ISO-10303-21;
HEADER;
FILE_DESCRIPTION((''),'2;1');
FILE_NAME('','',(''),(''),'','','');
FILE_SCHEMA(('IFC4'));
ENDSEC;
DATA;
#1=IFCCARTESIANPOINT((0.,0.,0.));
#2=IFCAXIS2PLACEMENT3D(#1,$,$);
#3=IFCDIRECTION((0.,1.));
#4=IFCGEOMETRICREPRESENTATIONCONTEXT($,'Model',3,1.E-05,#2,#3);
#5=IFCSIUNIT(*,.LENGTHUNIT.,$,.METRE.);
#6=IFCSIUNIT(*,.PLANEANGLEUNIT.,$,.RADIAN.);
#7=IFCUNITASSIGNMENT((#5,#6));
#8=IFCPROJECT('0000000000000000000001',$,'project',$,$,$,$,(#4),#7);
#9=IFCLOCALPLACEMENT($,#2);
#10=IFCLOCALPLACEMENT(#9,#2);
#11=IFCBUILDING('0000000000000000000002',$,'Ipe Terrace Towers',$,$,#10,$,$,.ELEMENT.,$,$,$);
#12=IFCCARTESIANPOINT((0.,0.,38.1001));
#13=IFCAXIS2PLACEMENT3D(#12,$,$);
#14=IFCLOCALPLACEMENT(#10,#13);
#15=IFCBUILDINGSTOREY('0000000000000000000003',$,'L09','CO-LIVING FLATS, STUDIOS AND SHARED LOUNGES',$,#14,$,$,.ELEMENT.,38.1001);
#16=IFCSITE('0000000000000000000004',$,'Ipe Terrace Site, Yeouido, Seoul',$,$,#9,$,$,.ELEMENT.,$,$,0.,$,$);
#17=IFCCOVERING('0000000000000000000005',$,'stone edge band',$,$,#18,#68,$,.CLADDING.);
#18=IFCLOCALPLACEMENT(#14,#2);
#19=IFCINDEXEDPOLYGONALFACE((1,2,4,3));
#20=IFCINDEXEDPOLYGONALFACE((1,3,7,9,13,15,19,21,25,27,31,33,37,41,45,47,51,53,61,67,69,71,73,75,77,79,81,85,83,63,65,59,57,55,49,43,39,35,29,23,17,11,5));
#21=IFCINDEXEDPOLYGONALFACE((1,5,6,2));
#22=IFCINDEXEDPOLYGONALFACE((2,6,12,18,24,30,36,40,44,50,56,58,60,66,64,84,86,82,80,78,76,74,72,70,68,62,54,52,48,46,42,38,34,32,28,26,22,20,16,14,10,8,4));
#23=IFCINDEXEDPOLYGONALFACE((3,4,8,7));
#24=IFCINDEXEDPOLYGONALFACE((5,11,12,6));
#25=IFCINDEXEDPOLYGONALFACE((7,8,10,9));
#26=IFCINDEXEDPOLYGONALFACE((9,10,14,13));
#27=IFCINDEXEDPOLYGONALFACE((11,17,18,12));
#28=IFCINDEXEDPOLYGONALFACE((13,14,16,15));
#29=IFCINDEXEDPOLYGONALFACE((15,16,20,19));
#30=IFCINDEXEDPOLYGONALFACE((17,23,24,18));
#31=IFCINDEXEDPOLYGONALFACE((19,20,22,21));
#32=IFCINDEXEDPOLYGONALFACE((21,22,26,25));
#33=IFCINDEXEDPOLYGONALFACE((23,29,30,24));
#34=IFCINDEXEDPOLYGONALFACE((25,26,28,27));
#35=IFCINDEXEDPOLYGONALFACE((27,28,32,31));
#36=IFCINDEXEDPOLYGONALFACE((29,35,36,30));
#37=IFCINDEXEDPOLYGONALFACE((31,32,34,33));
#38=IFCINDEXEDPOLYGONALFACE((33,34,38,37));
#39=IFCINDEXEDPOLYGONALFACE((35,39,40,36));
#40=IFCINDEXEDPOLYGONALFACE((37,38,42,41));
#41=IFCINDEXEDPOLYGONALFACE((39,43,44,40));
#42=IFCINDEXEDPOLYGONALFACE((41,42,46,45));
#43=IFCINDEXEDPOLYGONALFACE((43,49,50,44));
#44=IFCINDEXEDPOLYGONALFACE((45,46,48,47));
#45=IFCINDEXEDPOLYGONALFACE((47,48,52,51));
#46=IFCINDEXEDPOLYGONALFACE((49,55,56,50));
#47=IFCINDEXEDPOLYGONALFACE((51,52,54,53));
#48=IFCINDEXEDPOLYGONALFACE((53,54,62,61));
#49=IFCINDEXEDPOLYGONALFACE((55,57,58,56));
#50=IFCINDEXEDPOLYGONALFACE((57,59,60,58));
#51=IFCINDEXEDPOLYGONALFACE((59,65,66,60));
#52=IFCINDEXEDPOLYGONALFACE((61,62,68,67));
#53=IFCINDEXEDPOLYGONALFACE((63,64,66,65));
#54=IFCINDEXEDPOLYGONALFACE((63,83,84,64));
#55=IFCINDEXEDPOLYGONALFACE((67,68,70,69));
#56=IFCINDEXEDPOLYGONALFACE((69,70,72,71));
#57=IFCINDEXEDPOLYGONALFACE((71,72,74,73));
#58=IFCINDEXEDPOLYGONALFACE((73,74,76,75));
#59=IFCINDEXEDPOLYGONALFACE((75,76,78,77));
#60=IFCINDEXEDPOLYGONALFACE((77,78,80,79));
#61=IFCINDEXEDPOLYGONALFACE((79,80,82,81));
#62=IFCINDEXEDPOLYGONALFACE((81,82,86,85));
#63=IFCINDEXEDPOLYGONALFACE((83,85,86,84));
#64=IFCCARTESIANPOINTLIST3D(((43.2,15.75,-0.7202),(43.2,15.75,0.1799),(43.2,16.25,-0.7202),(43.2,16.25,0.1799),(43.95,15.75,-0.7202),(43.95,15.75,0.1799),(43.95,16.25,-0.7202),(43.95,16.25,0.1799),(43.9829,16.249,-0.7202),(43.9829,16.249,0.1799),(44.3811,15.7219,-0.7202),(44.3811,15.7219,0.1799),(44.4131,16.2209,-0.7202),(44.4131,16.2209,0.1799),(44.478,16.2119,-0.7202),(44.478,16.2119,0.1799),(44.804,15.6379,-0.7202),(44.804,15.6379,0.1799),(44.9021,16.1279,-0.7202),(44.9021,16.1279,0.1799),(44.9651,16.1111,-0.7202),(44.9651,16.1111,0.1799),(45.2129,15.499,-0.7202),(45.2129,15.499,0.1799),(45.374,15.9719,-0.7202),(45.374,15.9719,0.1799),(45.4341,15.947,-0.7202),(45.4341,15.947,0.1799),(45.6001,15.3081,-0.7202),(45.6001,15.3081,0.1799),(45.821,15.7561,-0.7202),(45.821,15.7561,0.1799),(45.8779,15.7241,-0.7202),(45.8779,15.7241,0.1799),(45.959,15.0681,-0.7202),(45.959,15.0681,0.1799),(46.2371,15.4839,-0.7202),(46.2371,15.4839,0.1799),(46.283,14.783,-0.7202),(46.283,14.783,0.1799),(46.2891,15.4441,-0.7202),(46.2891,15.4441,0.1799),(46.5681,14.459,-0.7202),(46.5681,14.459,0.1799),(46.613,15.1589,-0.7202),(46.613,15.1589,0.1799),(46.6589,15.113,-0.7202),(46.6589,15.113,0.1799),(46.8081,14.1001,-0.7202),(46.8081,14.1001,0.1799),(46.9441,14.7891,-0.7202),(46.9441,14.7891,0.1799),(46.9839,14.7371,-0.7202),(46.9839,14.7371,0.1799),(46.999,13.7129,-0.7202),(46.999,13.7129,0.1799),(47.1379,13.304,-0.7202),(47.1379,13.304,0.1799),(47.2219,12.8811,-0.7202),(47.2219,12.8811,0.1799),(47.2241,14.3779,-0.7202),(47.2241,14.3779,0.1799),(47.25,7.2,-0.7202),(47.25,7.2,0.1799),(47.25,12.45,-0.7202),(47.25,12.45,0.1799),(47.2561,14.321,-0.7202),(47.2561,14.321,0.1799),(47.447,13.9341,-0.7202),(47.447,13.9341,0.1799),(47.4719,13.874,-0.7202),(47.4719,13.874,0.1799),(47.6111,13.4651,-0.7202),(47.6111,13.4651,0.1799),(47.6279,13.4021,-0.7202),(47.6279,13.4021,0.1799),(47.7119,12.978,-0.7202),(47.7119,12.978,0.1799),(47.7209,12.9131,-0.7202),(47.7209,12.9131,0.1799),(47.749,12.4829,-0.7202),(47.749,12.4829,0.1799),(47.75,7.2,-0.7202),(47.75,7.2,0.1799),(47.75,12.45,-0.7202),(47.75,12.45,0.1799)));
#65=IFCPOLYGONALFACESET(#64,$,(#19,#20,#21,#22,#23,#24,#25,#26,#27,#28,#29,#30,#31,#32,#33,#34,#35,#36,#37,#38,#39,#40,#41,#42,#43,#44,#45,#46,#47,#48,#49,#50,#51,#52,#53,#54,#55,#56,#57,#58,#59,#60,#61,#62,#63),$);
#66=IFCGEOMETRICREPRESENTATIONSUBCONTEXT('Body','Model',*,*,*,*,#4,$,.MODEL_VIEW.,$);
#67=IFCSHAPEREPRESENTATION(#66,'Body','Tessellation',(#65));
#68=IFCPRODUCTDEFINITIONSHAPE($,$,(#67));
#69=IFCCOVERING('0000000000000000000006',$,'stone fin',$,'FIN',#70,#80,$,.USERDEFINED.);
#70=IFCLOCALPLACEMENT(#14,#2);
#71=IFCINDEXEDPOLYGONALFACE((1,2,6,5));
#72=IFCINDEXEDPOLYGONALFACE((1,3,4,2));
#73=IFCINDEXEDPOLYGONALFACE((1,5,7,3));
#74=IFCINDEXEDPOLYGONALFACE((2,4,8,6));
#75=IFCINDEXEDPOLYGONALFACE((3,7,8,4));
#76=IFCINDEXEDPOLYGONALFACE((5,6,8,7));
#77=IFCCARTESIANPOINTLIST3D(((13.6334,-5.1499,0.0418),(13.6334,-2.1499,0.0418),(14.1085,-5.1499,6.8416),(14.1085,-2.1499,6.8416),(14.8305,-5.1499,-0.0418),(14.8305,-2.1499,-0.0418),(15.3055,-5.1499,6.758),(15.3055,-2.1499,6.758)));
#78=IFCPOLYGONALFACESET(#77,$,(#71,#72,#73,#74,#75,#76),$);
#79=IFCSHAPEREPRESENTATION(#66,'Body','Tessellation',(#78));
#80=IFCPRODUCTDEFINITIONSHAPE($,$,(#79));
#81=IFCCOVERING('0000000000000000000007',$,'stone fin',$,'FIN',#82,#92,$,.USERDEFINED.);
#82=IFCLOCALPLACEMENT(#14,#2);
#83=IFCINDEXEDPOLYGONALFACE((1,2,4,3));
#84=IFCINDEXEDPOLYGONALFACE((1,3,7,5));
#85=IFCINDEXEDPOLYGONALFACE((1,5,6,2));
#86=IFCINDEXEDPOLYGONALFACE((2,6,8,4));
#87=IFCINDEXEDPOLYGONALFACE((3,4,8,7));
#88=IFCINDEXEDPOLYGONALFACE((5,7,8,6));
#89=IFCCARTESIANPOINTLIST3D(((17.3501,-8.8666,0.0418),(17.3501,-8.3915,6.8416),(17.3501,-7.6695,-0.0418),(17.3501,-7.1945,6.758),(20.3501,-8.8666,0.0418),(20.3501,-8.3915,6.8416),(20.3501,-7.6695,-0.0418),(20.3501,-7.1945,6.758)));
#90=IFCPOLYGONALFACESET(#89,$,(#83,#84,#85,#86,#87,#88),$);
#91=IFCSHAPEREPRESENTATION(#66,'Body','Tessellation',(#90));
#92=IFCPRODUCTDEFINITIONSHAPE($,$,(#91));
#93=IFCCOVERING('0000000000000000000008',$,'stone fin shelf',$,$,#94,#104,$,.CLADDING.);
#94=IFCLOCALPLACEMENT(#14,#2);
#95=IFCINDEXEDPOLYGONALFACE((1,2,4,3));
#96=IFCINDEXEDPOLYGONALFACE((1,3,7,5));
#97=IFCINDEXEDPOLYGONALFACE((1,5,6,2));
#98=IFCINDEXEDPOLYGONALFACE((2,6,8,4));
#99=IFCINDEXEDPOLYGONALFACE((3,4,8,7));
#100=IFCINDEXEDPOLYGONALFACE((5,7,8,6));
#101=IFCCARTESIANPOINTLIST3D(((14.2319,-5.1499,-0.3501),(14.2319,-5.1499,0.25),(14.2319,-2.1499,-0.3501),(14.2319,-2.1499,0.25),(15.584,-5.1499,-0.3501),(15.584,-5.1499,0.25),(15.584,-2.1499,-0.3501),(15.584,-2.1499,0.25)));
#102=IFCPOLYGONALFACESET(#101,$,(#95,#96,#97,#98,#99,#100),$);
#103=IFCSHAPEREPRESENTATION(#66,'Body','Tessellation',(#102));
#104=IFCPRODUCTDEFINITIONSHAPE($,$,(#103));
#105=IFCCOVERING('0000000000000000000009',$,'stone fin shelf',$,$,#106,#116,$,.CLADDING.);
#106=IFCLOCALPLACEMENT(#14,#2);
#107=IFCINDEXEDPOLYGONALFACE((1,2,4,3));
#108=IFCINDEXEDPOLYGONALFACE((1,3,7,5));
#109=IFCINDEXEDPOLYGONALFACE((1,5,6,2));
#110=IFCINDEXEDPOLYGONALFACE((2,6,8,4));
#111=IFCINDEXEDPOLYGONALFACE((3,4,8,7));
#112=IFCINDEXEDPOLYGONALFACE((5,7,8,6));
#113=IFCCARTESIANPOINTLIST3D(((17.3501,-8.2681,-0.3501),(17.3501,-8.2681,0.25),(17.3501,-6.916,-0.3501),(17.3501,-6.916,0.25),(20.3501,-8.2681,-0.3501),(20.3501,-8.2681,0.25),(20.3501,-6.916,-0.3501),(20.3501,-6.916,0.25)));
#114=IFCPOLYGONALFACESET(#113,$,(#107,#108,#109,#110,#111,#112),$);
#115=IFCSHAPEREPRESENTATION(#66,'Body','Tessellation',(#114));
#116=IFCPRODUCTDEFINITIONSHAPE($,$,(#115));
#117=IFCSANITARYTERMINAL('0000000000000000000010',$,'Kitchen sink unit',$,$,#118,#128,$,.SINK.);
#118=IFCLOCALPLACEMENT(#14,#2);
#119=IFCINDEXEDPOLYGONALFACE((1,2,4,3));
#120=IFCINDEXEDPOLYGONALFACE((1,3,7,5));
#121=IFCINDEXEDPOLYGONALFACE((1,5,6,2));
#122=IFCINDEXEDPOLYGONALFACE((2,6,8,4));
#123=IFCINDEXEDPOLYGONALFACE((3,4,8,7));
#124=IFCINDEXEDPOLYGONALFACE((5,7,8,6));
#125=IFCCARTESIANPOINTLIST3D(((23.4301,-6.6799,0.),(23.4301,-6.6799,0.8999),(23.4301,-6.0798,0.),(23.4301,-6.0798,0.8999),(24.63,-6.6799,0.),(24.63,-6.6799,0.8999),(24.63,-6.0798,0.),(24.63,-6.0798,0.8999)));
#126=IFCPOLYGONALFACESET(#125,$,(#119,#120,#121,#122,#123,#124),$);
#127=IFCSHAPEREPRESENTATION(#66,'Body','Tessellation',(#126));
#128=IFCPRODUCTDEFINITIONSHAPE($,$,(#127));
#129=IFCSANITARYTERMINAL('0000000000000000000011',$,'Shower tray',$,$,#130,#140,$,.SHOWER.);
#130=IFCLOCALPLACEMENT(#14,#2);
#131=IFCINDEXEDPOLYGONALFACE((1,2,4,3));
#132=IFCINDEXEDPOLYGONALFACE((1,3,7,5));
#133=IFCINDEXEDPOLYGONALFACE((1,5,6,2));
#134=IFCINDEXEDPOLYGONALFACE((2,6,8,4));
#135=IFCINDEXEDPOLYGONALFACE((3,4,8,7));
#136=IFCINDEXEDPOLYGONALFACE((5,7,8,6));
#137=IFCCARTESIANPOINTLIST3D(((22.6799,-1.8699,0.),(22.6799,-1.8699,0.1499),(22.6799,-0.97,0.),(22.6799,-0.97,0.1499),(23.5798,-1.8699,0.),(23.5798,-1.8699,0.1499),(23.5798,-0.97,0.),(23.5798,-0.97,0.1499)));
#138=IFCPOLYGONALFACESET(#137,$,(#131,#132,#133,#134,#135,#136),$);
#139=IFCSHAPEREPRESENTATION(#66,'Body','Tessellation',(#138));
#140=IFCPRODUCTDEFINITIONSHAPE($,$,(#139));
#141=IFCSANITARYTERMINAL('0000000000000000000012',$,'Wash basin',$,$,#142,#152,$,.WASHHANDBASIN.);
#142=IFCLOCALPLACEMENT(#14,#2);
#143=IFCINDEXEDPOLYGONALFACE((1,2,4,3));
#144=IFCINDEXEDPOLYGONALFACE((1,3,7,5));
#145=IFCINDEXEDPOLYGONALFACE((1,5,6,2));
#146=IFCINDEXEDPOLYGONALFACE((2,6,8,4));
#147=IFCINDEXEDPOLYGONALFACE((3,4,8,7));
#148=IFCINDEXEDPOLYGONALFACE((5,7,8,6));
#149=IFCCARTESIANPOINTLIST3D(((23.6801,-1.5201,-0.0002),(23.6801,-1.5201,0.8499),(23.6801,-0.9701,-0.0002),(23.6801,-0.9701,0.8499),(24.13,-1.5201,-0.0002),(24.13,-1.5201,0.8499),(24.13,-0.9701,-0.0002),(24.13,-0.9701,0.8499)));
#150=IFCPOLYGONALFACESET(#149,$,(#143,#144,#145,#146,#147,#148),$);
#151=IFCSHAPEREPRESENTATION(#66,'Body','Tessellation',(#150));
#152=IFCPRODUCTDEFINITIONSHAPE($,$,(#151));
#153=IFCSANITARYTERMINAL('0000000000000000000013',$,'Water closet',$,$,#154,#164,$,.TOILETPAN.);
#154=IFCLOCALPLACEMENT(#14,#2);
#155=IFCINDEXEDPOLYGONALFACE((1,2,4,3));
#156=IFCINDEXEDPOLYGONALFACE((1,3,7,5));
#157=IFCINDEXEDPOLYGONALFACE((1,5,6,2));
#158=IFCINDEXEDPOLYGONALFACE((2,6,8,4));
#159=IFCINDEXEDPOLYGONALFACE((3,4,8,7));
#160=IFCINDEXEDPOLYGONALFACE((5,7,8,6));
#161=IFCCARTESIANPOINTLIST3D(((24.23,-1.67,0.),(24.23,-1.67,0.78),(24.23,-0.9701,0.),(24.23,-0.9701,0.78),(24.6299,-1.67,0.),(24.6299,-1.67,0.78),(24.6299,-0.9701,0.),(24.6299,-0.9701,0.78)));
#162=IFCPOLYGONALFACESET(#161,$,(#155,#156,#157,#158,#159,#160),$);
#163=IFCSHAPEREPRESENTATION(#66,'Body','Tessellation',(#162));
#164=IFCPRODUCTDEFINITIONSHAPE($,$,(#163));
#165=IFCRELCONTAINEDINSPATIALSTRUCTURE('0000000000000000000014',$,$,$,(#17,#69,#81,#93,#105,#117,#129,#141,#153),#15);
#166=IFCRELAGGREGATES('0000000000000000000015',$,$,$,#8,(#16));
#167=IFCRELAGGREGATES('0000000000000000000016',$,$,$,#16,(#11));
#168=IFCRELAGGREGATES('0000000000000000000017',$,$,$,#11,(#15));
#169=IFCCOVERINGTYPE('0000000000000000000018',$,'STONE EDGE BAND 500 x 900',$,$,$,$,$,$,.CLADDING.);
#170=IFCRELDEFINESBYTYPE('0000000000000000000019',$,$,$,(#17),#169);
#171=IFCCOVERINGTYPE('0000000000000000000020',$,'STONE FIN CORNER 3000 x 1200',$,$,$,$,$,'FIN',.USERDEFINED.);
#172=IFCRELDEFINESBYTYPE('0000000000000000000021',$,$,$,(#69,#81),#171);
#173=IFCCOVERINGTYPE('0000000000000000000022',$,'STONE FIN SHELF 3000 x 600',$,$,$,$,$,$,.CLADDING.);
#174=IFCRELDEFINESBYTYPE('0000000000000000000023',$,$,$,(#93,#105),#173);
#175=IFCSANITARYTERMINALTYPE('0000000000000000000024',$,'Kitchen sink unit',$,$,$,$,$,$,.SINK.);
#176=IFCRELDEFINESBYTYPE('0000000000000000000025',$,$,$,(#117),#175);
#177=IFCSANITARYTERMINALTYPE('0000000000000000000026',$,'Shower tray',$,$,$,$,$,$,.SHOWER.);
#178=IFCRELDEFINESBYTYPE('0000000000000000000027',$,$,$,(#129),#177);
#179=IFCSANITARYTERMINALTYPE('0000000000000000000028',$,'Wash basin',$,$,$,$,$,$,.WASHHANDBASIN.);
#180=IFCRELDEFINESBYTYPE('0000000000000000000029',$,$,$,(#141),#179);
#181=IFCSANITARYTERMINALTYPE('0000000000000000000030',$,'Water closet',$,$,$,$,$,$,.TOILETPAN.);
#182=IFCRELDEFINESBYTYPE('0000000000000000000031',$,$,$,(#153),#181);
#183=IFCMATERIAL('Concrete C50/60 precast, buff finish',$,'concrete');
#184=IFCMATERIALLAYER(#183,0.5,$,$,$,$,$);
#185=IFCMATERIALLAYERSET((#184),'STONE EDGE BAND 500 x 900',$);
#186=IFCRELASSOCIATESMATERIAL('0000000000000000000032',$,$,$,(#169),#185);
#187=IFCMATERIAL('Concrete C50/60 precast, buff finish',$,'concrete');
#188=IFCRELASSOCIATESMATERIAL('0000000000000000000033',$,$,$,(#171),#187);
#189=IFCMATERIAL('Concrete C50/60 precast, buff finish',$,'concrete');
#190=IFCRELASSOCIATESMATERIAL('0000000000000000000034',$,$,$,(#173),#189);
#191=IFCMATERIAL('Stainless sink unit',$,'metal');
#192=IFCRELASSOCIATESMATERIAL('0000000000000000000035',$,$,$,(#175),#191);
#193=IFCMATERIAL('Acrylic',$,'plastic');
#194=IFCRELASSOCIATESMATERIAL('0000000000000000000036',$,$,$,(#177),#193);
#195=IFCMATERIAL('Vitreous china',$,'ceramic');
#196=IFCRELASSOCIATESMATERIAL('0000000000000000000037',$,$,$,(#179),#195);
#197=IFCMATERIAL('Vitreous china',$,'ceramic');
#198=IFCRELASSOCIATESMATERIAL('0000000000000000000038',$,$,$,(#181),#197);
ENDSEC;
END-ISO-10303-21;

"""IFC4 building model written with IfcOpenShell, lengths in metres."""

from ifc_helpers import new_model, si_unit, direction, frame, origin, origin_2d, place, context, subcontext, project, spatial, polyline, rectangle, outline, extrude, material, layer, layer_set, material_profile, profile_set, type_object, element, save


model = new_model("IFC4")

# Units and contexts
model_context = context("Model", 3, precision=1e-05, world=origin(), true_north=direction((0.0, 1.0)))
body_context = subcontext(model_context, "Body", "Model", "MODEL_VIEW")
ifc_project = project(units=[si_unit("LENGTHUNIT", "METRE"), si_unit("PLANEANGLEUNIT", "RADIAN")], contexts=[model_context])

# Site, building, storey
site_placement = place(None, origin())
site = spatial("IfcSite", under=ifc_project, at=site_placement, Name="Ipe Terrace Site, Yeouido, Seoul", CompositionType="ELEMENT", RefElevation=0.0)
building_placement = place(site_placement, origin())
building = spatial("IfcBuilding", under=site, at=building_placement, Name="Ipe Terrace Towers", CompositionType="ELEMENT")
storey_placement = place(building_placement, frame((0.0, 0.0, 38.1001)))
storey = spatial("IfcBuildingStorey", under=building, at=storey_placement, Name="L09", Description="CO-LIVING FLATS, STUDIOS AND SHARED LOUNGES", CompositionType="ELEMENT", Elevation=38.1001)

# Coverings
ifc_material_1 = material(Name="Concrete C50/60 precast, buff finish", Category="concrete")
ifc_layer_1 = layer(ifc_material_1, 0.5)
ifc_layer_set_1 = layer_set([ifc_layer_1], Name="STONE EDGE BAND 500 x 900")
covering_type_1 = type_object("IfcCoveringType", Name="STONE EDGE BAND 500 x 900", PredefinedType="CLADDING", material=ifc_layer_set_1)
covering_placement = place(storey_placement, frame((0.0, 0.0, -0.7202)))
element("IfcCovering", 1, at=covering_placement, inside=storey, type_object=covering_type_1, Name="stone edge band", PredefinedType="CLADDING", context=body_context, shape_type="SweptSolid", body=[
    extrude(outline(polyline([(47.75, 12.45), (47.749, 12.4829), (47.7209, 12.9131), (47.7119, 12.978), (47.6279, 13.4021), (47.6111, 13.4651), (47.4719, 13.874), (47.447, 13.9341), (47.2561, 14.321), (47.2241, 14.3779), (46.9839, 14.7371), (46.9441, 14.7891), (46.6589, 15.113), (46.613, 15.1589), (46.2891, 15.4441), (46.2371, 15.4839), (45.8779, 15.7241), (45.821, 15.7561), (45.4341, 15.947), (45.374, 15.9719), (44.9651, 16.1111), (44.9021, 16.1279), (44.478, 16.2119), (44.4131, 16.2209), (43.9829, 16.249), (43.95, 16.25), (43.2, 16.25), (43.2, 15.75), (43.95, 15.75), (44.3811, 15.7219), (44.804, 15.6379), (45.2129, 15.499), (45.6001, 15.3081), (45.959, 15.0681), (46.283, 14.783), (46.5681, 14.459), (46.8081, 14.1001), (46.999, 13.7129), (47.1379, 13.304), (47.2219, 12.8811), (47.25, 12.45), (47.25, 7.2), (47.75, 7.2), (47.75, 12.45)])), origin(), (0.0, 0.0, 1.0), 0.9001),
])
ifc_material_2 = material(Name="Concrete C50/60 precast, buff finish", Category="concrete")
ifc_material_profile_1 = material_profile(ifc_material_2, rectangle(XDim=3.0, YDim=1.2, at=origin_2d()), Name="STONE FIN CORNER 3000 x 1200")
ifc_profile_set_1 = profile_set([ifc_material_profile_1], Name="Concrete C50/60 precast, buff finish")
covering_type_2 = type_object("IfcCoveringType", Name="STONE FIN CORNER 3000 x 1200", ElementType="FIN", PredefinedType="USERDEFINED", material=ifc_profile_set_1)
for number, where, z_axis, x_axis, name in (
    (2, (14.2319, -3.6499, 0.0), (0.069699, 0.0, 0.997568), (0.0, -1.0, 0.0), "stone fin"),
    (3, (18.8501, -8.2681, 0.0), (0.0, 0.069699, 0.997568), (1.0, 0.0, 0.0), "stone fin"),
):
    element("IfcCovering", number, at=place(storey_placement, frame(where, z_axis=z_axis, x_axis=x_axis)), inside=storey, type_object=covering_type_2, Name=name, ObjectType="FIN", PredefinedType="USERDEFINED", context=body_context, shape_type="SweptSolid", body=[
        extrude(rectangle(XDim=3.0, YDim=1.2, at=origin_2d()), origin(), (0.0, 0.0, 1.0), 6.8164),
    ])
ifc_material_3 = material(Name="Concrete C50/60 precast, buff finish", Category="concrete")
covering_type_3 = type_object("IfcCoveringType", Name="STONE FIN SHELF 3000 x 600", PredefinedType="CLADDING", material=ifc_material_3)
for number, where, z_axis, x_axis, name in (
    (4, (14.908, -3.6499, -0.3501), (0.0, 0.0, 1.0), (0.0, -1.0, 0.0), "stone fin shelf"),
    (5, (18.8501, -7.592, -0.3501), (0.0, 0.0, 1.0), (1.0, 0.0, 0.0), "stone fin shelf"),
):
    element("IfcCovering", number, at=place(storey_placement, frame(where, z_axis=z_axis, x_axis=x_axis)), inside=storey, type_object=covering_type_3, Name=name, PredefinedType="CLADDING", context=body_context, shape_type="SweptSolid", body=[
        extrude(rectangle(XDim=3.0, YDim=1.3521, at=origin_2d()), origin(), (0.0, 0.0, 1.0), 0.6001),
    ])

# Sanitary terminals
ifc_material_4 = material(Name="Stainless sink unit", Category="metal")
sanitary_terminal_type_1 = type_object("IfcSanitaryTerminalType", Name="Kitchen sink unit", PredefinedType="SINK", material=ifc_material_4)
sanitary_terminal_1_placement = place(storey_placement, frame((24.03, -6.3799, 0.0), z_axis=(0.0, 0.0, 1.0), x_axis=(-1.0, 0.0, 0.0)))
element("IfcSanitaryTerminal", 6, at=sanitary_terminal_1_placement, inside=storey, type_object=sanitary_terminal_type_1, Name="Kitchen sink unit", PredefinedType="SINK", context=body_context, shape_type="SweptSolid", body=[
    extrude(rectangle(XDim=1.2, YDim=0.6001, at=origin_2d()), origin(), (0.0, 0.0, 1.0), 0.8999),
])
ifc_material_5 = material(Name="Acrylic", Category="plastic")
sanitary_terminal_type_2 = type_object("IfcSanitaryTerminalType", Name="Shower tray", PredefinedType="SHOWER", material=ifc_material_5)
sanitary_terminal_2_placement = place(storey_placement, frame((23.1299, -1.4199, 0.0), z_axis=(0.0, 0.0, 1.0), x_axis=(0.0, -1.0, 0.0)))
element("IfcSanitaryTerminal", 7, at=sanitary_terminal_2_placement, inside=storey, type_object=sanitary_terminal_type_2, Name="Shower tray", PredefinedType="SHOWER", context=body_context, shape_type="SweptSolid", body=[
    extrude(rectangle(XDim=0.8999, YDim=0.8999, at=origin_2d()), origin(), (0.0, 0.0, 1.0), 0.1499),
])
ifc_material_6 = material(Name="Vitreous china", Category="ceramic")
sanitary_terminal_type_3 = type_object("IfcSanitaryTerminalType", Name="Wash basin", PredefinedType="WASHHANDBASIN", material=ifc_material_6)
sanitary_terminal_3_placement = place(storey_placement, frame((23.905, -1.2451, -0.0002), z_axis=(0.0, 0.0, 1.0), x_axis=(0.0, -1.0, 0.0)))
element("IfcSanitaryTerminal", 8, at=sanitary_terminal_3_placement, inside=storey, type_object=sanitary_terminal_type_3, Name="Wash basin", PredefinedType="WASHHANDBASIN", context=body_context, shape_type="SweptSolid", body=[
    extrude(rectangle(XDim=0.55, YDim=0.45, at=origin_2d()), origin(), (0.0, 0.0, 1.0), 0.8501),
])
ifc_material_7 = material(Name="Vitreous china", Category="ceramic")
sanitary_terminal_type_4 = type_object("IfcSanitaryTerminalType", Name="Water closet", PredefinedType="TOILETPAN", material=ifc_material_7)
sanitary_terminal_4_placement = place(storey_placement, frame((24.4299, -1.3201, 0.0), z_axis=(0.0, 0.0, 1.0), x_axis=(0.0, -1.0, 0.0)))
element("IfcSanitaryTerminal", 9, at=sanitary_terminal_4_placement, inside=storey, type_object=sanitary_terminal_type_4, Name="Water closet", PredefinedType="TOILETPAN", context=body_context, shape_type="SweptSolid", body=[
    extrude(rectangle(XDim=0.7, YDim=0.3999, at=origin_2d()), origin(), (0.0, 0.0, 1.0), 0.78),
])

save(model, "model.ifc")
